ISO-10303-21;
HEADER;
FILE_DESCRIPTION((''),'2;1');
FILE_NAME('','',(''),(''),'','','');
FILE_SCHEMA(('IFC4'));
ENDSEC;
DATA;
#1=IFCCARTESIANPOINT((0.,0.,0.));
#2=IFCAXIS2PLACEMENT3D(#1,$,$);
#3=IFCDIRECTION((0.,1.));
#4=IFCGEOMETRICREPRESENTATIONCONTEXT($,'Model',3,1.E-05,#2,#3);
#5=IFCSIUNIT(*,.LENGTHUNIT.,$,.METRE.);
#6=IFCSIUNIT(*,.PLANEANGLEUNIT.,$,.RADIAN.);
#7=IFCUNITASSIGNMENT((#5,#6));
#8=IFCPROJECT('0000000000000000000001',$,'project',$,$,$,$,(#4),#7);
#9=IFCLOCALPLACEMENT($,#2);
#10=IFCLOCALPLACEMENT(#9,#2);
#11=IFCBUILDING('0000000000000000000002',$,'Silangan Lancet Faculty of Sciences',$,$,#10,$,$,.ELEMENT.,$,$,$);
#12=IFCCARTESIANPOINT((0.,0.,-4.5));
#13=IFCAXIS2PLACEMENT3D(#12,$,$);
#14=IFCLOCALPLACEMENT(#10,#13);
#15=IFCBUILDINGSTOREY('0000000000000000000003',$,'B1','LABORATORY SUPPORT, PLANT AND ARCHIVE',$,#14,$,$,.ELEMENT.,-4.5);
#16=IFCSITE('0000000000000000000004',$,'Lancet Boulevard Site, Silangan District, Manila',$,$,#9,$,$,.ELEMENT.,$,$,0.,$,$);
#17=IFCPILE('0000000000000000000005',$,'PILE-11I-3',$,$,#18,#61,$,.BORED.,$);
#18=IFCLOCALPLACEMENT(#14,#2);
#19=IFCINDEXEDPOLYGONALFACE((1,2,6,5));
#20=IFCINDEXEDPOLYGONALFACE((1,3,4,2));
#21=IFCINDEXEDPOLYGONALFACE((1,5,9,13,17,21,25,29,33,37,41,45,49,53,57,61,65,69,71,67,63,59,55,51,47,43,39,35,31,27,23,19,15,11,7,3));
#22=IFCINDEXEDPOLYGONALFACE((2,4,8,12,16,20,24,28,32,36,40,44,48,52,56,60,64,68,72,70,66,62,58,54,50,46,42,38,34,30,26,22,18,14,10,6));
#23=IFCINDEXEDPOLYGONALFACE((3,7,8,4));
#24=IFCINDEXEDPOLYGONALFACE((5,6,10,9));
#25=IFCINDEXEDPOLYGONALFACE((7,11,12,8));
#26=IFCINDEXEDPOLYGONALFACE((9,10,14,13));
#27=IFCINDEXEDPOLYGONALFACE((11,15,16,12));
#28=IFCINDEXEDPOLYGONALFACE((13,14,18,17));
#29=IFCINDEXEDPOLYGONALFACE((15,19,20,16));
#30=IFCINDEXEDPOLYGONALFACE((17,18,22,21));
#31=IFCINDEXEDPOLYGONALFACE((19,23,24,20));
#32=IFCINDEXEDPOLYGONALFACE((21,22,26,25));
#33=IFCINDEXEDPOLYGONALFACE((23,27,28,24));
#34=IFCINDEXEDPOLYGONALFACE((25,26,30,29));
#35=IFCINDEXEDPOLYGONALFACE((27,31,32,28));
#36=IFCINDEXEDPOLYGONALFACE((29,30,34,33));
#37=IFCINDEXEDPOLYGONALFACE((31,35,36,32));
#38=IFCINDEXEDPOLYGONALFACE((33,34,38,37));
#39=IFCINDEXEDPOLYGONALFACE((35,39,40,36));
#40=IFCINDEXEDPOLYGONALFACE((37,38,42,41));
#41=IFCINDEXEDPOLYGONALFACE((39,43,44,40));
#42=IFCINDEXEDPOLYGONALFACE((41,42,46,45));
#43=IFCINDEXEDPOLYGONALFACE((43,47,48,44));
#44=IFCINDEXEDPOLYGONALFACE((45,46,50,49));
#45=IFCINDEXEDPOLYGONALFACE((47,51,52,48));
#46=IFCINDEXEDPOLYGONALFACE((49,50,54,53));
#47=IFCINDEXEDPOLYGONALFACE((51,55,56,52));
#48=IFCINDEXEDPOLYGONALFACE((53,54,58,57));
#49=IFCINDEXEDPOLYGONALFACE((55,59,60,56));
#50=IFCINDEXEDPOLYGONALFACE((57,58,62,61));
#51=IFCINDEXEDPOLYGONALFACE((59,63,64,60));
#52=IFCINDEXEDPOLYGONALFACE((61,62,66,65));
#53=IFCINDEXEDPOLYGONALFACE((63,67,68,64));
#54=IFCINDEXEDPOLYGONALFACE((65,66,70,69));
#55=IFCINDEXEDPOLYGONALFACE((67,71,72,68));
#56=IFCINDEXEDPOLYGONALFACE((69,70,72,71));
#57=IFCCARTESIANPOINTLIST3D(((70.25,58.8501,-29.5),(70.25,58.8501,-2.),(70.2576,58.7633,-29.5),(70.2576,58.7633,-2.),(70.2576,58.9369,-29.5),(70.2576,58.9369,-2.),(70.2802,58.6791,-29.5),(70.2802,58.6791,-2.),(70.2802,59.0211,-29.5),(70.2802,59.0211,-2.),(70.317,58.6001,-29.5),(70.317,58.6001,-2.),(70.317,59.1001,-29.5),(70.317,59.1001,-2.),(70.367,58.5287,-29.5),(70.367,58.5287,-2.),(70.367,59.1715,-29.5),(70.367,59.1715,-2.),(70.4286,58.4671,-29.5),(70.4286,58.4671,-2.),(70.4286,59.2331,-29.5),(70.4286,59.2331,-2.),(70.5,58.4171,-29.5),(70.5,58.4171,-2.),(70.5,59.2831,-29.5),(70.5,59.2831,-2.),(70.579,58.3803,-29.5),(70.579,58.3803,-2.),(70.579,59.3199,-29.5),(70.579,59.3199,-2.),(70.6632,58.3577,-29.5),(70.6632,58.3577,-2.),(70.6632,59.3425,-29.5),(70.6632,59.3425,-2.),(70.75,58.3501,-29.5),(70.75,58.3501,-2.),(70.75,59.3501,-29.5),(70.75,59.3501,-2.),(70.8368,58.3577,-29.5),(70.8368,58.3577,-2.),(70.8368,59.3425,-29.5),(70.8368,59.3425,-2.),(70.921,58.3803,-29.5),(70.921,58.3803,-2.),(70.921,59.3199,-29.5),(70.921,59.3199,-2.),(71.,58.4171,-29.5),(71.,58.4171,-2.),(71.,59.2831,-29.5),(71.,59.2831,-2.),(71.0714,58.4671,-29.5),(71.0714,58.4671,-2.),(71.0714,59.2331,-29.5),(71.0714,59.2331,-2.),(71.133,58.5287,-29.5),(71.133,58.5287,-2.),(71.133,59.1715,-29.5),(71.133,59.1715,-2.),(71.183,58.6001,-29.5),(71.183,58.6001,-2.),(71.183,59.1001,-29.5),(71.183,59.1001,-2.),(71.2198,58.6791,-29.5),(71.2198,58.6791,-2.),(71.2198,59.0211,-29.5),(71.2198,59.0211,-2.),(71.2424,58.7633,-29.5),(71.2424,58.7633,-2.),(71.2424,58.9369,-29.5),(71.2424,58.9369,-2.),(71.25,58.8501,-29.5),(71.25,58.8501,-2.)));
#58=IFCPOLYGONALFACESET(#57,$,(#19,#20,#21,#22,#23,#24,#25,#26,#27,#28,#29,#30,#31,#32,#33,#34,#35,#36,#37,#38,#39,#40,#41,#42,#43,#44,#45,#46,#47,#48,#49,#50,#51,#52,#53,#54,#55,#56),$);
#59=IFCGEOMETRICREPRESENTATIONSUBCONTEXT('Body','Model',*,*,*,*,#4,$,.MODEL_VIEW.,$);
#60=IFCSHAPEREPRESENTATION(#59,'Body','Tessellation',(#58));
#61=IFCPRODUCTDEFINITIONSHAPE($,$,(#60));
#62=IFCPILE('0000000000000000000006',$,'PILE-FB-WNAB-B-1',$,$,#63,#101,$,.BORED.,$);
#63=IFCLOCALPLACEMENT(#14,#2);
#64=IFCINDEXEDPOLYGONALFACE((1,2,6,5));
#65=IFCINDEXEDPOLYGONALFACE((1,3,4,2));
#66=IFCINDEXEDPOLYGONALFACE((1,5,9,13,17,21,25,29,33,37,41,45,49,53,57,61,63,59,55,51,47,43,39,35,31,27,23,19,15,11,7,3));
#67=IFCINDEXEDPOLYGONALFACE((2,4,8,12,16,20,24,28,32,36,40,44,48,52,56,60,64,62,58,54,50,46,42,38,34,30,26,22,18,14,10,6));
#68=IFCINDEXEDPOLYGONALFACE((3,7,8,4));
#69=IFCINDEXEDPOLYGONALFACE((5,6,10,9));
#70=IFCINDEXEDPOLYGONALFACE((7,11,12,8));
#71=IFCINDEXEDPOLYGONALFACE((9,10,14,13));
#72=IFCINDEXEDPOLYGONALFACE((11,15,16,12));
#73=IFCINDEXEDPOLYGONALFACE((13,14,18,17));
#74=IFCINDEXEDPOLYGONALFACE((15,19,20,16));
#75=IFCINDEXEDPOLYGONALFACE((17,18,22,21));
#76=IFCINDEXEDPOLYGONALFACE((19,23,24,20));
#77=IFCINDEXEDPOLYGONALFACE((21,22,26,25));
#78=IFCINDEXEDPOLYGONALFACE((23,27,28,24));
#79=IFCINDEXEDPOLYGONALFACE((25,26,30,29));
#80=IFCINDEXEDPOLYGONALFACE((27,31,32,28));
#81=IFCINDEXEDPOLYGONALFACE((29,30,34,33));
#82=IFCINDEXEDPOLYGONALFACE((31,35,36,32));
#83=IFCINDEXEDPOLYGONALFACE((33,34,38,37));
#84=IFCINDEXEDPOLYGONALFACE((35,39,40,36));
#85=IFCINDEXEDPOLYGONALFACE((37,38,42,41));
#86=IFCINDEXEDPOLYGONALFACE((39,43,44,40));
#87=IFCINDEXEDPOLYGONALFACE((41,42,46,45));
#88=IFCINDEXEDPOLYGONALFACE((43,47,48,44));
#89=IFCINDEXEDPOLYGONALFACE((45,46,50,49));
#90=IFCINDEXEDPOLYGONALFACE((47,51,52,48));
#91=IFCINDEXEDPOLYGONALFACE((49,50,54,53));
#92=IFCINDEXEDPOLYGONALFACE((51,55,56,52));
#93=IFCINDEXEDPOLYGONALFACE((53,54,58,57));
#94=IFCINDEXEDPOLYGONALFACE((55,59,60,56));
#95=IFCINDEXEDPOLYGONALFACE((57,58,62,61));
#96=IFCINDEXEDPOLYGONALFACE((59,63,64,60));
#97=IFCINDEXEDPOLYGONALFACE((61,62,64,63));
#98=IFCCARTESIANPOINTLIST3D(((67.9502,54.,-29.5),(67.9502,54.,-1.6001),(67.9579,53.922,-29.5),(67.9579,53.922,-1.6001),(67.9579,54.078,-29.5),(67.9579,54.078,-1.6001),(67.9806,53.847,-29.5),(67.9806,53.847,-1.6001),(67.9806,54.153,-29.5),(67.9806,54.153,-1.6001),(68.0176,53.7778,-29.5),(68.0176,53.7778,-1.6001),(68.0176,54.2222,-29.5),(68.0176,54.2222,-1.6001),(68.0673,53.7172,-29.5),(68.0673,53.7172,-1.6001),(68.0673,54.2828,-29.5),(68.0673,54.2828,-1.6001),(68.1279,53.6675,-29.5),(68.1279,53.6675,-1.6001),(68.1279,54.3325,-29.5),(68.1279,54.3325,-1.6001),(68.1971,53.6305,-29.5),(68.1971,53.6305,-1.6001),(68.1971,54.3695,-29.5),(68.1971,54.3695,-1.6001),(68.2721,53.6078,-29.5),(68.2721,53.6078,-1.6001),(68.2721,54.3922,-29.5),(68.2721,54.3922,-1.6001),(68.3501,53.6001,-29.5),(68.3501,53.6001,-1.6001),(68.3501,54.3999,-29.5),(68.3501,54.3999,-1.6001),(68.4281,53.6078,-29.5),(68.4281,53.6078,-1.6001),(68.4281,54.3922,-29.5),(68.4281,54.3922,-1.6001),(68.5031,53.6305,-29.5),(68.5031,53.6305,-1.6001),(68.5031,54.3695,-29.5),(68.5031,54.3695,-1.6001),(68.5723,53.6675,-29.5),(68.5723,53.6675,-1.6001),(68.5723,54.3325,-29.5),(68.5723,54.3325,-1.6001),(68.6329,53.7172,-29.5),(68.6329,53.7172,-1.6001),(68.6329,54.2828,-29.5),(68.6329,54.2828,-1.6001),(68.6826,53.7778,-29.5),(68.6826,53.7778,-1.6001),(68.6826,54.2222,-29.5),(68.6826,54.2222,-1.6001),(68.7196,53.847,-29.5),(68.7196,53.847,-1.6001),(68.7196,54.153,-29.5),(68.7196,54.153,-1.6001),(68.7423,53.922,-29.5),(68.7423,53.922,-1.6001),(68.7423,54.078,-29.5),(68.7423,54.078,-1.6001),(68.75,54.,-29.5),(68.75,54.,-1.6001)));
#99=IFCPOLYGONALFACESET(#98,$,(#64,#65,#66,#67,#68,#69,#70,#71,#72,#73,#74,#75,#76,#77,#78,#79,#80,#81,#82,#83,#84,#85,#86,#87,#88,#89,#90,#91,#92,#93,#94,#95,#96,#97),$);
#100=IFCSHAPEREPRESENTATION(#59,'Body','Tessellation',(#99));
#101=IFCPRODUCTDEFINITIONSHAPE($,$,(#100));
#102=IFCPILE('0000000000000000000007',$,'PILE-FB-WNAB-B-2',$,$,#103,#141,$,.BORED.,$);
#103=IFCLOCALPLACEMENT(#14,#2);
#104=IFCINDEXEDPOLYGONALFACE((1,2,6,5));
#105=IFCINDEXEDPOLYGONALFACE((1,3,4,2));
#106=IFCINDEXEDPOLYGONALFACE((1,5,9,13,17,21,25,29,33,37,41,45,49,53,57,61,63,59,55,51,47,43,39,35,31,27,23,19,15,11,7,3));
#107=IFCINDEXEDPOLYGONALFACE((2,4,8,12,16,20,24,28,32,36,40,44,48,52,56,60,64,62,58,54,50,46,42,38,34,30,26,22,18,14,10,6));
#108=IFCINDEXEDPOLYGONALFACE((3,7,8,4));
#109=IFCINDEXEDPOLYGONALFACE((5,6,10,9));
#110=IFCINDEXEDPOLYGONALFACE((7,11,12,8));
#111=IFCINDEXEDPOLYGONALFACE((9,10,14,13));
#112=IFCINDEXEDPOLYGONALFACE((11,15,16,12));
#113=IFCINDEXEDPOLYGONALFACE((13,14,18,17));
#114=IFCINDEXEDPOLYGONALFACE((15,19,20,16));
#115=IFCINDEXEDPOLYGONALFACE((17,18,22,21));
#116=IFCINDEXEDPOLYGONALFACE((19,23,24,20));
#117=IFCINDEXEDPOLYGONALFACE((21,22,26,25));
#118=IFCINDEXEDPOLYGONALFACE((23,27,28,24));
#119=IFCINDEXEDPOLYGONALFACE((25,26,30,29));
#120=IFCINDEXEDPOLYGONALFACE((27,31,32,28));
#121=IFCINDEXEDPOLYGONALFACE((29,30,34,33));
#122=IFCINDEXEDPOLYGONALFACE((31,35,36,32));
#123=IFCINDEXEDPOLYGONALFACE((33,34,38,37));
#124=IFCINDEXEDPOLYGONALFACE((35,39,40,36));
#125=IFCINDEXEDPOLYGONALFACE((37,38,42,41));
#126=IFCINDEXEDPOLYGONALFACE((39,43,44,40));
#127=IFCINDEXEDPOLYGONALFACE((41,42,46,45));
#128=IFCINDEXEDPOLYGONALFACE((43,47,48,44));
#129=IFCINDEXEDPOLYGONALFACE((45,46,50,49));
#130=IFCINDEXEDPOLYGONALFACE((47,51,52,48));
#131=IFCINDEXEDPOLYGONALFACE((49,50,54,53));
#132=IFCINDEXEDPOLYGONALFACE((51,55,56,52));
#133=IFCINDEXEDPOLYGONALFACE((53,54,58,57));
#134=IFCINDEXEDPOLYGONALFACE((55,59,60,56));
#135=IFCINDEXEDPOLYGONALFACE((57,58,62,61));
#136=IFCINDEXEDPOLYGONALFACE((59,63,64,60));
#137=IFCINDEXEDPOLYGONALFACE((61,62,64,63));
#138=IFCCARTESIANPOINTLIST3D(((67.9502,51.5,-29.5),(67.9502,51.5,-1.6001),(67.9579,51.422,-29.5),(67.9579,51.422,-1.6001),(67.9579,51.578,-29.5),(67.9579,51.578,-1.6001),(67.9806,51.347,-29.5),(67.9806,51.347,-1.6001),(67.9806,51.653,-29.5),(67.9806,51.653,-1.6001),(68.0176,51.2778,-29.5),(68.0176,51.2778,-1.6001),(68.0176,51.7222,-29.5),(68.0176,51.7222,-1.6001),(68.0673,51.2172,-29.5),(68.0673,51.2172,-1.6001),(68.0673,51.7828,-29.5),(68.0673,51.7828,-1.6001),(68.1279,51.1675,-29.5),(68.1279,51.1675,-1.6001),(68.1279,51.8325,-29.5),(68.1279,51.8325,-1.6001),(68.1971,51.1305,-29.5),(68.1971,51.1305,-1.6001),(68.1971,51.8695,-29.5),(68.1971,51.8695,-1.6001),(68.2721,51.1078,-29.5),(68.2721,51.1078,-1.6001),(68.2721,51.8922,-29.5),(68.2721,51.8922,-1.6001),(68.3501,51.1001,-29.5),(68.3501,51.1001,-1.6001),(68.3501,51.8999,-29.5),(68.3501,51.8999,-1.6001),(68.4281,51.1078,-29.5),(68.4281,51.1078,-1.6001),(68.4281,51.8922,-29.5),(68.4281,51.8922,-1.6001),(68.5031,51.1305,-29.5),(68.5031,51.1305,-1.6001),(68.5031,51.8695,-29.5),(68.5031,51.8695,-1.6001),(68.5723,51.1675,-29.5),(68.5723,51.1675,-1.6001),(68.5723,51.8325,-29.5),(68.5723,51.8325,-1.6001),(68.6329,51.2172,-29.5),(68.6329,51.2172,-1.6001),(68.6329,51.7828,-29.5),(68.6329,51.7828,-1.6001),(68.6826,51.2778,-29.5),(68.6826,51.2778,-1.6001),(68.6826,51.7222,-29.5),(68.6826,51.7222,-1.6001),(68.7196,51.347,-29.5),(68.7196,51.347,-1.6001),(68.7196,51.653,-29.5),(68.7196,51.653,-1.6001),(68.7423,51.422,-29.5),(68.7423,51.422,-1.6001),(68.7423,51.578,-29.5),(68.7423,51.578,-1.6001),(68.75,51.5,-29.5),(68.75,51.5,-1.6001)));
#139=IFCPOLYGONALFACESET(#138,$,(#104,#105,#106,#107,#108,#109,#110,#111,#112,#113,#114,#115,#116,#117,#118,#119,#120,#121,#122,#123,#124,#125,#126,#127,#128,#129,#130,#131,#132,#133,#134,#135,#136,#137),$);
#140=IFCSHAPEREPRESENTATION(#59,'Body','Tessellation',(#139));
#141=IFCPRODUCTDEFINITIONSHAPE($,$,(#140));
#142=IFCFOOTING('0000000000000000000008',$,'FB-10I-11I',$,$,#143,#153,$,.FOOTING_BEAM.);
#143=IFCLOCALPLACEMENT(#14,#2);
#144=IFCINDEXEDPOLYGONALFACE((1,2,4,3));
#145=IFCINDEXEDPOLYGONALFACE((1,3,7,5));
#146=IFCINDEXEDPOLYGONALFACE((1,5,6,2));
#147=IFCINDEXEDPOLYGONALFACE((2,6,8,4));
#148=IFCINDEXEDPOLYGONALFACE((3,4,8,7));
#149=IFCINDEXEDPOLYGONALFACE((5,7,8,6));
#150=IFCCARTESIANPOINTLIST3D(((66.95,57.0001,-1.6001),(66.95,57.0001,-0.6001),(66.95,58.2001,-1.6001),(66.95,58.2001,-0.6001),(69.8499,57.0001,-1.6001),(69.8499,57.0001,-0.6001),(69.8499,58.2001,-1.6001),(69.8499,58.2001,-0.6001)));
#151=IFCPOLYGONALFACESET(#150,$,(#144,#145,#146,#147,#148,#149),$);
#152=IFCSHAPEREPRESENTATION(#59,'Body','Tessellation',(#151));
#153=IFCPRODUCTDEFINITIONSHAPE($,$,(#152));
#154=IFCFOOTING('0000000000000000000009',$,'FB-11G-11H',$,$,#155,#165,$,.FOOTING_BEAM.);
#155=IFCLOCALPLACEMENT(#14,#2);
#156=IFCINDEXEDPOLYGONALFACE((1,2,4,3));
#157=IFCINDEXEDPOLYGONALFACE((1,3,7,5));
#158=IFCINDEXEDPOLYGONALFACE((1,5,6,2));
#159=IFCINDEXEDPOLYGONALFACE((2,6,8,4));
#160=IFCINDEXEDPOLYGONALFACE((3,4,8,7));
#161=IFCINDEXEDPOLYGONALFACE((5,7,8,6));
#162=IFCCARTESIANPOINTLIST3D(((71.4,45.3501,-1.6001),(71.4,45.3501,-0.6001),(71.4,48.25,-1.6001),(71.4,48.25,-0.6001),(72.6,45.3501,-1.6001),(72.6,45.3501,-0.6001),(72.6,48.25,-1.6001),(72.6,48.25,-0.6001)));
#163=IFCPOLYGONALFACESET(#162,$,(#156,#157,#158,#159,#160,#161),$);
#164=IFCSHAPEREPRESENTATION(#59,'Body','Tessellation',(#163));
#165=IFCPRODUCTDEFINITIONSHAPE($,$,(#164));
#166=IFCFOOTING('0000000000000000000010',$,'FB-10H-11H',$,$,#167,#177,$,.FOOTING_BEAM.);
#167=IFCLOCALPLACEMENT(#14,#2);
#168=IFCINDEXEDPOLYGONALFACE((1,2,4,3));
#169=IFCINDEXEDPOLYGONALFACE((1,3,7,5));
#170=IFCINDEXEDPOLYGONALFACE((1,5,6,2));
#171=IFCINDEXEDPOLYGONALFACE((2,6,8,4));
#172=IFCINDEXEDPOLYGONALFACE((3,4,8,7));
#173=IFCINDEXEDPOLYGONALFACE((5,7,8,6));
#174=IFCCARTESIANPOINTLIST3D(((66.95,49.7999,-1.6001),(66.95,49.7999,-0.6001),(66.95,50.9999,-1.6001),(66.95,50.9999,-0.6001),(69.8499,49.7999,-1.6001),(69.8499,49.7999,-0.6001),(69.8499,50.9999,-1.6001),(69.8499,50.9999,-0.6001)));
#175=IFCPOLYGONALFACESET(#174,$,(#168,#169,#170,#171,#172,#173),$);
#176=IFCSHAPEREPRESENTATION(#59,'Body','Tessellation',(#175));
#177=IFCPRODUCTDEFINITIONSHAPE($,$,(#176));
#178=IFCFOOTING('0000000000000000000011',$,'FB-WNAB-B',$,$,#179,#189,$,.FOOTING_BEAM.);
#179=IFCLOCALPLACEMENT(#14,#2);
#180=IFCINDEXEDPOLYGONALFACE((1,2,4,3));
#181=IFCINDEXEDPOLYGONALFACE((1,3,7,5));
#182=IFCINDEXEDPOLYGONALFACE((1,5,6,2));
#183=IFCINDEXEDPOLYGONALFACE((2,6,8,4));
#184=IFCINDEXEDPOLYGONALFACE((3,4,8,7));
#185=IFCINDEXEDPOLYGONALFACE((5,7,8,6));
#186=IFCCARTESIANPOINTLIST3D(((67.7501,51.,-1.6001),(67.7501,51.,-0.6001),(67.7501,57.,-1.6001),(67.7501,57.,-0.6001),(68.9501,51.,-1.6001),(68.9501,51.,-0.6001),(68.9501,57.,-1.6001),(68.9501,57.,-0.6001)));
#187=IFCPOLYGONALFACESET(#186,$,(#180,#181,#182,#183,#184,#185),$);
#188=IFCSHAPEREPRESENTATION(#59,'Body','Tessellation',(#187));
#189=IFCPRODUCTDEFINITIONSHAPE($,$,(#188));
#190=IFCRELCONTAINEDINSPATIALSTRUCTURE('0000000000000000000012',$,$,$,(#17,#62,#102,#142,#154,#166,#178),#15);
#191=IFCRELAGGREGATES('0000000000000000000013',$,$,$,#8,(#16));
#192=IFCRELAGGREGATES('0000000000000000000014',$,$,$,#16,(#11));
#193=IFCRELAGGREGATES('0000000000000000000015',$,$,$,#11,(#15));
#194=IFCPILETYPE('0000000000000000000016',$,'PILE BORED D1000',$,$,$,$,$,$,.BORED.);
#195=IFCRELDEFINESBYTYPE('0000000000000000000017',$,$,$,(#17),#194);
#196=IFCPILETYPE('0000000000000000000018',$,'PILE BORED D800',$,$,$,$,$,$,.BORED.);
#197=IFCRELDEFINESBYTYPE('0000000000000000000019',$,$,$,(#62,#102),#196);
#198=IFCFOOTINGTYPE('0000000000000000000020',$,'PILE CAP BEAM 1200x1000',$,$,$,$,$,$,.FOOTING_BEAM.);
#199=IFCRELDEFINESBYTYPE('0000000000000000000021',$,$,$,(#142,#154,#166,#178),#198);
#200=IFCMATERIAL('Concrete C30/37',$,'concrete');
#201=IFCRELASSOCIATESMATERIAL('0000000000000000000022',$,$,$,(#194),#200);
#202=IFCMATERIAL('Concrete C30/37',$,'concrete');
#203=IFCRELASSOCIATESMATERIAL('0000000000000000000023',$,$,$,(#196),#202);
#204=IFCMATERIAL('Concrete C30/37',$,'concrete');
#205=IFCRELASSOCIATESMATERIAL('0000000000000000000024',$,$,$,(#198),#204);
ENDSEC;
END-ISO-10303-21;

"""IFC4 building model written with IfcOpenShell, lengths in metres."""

from ifc_helpers import new_model, si_unit, direction, frame, origin, origin_2d, place, context, subcontext, project, spatial, rectangle, circle, extrude, material, material_profile, profile_set, type_object, element, save


model = new_model("IFC4")

# Units and contexts
model_context = context("Model", 3, precision=1e-05, world=origin(), true_north=direction((0.0, 1.0)))
body_context = subcontext(model_context, "Body", "Model", "MODEL_VIEW")
ifc_project = project(units=[si_unit("LENGTHUNIT", "METRE"), si_unit("PLANEANGLEUNIT", "RADIAN")], contexts=[model_context])

# Site, building, storey
site_placement = place(None, origin())
site = spatial("IfcSite", under=ifc_project, at=site_placement, Name="Lancet Boulevard Site, Silangan District, Manila", CompositionType="ELEMENT", RefElevation=0.0)
building_placement = place(site_placement, origin())
building = spatial("IfcBuilding", under=site, at=building_placement, Name="Silangan Lancet Faculty of Sciences", CompositionType="ELEMENT")
storey_placement = place(building_placement, frame((0.0, 0.0, -4.5)))
storey = spatial("IfcBuildingStorey", under=building, at=storey_placement, Name="B1", Description="LABORATORY SUPPORT, PLANT AND ARCHIVE", CompositionType="ELEMENT", Elevation=-4.5)

# Piles
ifc_material_1 = material(Name="Concrete C30/37", Category="concrete")
ifc_material_profile_1 = material_profile(ifc_material_1, circle(Radius=0.5, at=origin_2d()), Name="BORED PILE D1000")
ifc_profile_set_1 = profile_set([ifc_material_profile_1], Name="Concrete C30/37")
pile_type_1 = type_object("IfcPileType", Name="PILE BORED D1000", PredefinedType="BORED", material=ifc_profile_set_1)
for number, where, z_axis, x_axis, name in (
    (1, (70.75, 58.8501, -2.0), (0.0, 0.0, -1.0), (1.0, 0.0, 0.0), "PILE-11I-3"),
):
    element("IfcPile", number, at=place(storey_placement, frame(where, z_axis=z_axis, x_axis=x_axis)), inside=storey, type_object=pile_type_1, Name=name, PredefinedType="BORED", context=body_context, shape_type="SweptSolid", body=[
        extrude(circle(Radius=0.5, at=origin_2d()), origin(), (0.0, 0.0, 1.0), 27.5),
    ])
ifc_material_2 = material(Name="Concrete C30/37", Category="concrete")
ifc_material_profile_2 = material_profile(ifc_material_2, circle(Radius=0.3999, at=origin_2d()), Name="BORED PILE D800")
ifc_profile_set_2 = profile_set([ifc_material_profile_2], Name="Concrete C30/37")
pile_type_2 = type_object("IfcPileType", Name="PILE BORED D800", PredefinedType="BORED", material=ifc_profile_set_2)
for number, where, z_axis, x_axis, name in (
    (2, (68.3501, 54.0, -1.6001), (0.0, 0.0, -1.0), (1.0, 0.0, 0.0), "PILE-FB-WNAB-B-1"),
    (3, (68.3501, 51.5, -1.6001), (0.0, 0.0, -1.0), (1.0, 0.0, 0.0), "PILE-FB-WNAB-B-2"),
):
    element("IfcPile", number, at=place(storey_placement, frame(where, z_axis=z_axis, x_axis=x_axis)), inside=storey, type_object=pile_type_2, Name=name, PredefinedType="BORED", context=body_context, shape_type="SweptSolid", body=[
        extrude(circle(Radius=0.3999, at=origin_2d()), origin(), (0.0, 0.0, 1.0), 27.8999),
    ])

# Footings
ifc_material_3 = material(Name="Concrete C30/37", Category="concrete")
footing_type = type_object("IfcFootingType", Name="PILE CAP BEAM 1200x1000", PredefinedType="FOOTING_BEAM", material=ifc_material_3)
for number, where, z_axis, x_axis, name in (
    (4, (68.3999, 57.6001, -1.6001), (0.0, 0.0, 1.0), (1.0, 0.0, 0.0), "FB-10I-11I"),
    (5, (72.0, 46.8, -1.6001), (0.0, 0.0, 1.0), (0.0, 1.0, 0.0), "FB-11G-11H"),
    (6, (68.3999, 50.3999, -1.6001), (0.0, 0.0, 1.0), (1.0, 0.0, 0.0), "FB-10H-11H"),
):
    element("IfcFooting", number, at=place(storey_placement, frame(where, z_axis=z_axis, x_axis=x_axis)), inside=storey, type_object=footing_type, Name=name, PredefinedType="FOOTING_BEAM", context=body_context, shape_type="SweptSolid", body=[
        extrude(rectangle(XDim=2.8999, YDim=1.2, at=origin_2d()), origin(), (0.0, 0.0, 1.0), 1.0),
    ])
footing_placement = place(storey_placement, frame((68.3501, 54.0, -1.6001), z_axis=(0.0, 0.0, 1.0), x_axis=(0.0, 1.0, 0.0)))
element("IfcFooting", 7, at=footing_placement, inside=storey, type_object=footing_type, Name="FB-WNAB-B", PredefinedType="FOOTING_BEAM", context=body_context, shape_type="SweptSolid", body=[
    extrude(rectangle(XDim=6.0, YDim=1.2, at=origin_2d()), origin(), (0.0, 0.0, 1.0), 1.0),
])

save(model, "model.ifc")
